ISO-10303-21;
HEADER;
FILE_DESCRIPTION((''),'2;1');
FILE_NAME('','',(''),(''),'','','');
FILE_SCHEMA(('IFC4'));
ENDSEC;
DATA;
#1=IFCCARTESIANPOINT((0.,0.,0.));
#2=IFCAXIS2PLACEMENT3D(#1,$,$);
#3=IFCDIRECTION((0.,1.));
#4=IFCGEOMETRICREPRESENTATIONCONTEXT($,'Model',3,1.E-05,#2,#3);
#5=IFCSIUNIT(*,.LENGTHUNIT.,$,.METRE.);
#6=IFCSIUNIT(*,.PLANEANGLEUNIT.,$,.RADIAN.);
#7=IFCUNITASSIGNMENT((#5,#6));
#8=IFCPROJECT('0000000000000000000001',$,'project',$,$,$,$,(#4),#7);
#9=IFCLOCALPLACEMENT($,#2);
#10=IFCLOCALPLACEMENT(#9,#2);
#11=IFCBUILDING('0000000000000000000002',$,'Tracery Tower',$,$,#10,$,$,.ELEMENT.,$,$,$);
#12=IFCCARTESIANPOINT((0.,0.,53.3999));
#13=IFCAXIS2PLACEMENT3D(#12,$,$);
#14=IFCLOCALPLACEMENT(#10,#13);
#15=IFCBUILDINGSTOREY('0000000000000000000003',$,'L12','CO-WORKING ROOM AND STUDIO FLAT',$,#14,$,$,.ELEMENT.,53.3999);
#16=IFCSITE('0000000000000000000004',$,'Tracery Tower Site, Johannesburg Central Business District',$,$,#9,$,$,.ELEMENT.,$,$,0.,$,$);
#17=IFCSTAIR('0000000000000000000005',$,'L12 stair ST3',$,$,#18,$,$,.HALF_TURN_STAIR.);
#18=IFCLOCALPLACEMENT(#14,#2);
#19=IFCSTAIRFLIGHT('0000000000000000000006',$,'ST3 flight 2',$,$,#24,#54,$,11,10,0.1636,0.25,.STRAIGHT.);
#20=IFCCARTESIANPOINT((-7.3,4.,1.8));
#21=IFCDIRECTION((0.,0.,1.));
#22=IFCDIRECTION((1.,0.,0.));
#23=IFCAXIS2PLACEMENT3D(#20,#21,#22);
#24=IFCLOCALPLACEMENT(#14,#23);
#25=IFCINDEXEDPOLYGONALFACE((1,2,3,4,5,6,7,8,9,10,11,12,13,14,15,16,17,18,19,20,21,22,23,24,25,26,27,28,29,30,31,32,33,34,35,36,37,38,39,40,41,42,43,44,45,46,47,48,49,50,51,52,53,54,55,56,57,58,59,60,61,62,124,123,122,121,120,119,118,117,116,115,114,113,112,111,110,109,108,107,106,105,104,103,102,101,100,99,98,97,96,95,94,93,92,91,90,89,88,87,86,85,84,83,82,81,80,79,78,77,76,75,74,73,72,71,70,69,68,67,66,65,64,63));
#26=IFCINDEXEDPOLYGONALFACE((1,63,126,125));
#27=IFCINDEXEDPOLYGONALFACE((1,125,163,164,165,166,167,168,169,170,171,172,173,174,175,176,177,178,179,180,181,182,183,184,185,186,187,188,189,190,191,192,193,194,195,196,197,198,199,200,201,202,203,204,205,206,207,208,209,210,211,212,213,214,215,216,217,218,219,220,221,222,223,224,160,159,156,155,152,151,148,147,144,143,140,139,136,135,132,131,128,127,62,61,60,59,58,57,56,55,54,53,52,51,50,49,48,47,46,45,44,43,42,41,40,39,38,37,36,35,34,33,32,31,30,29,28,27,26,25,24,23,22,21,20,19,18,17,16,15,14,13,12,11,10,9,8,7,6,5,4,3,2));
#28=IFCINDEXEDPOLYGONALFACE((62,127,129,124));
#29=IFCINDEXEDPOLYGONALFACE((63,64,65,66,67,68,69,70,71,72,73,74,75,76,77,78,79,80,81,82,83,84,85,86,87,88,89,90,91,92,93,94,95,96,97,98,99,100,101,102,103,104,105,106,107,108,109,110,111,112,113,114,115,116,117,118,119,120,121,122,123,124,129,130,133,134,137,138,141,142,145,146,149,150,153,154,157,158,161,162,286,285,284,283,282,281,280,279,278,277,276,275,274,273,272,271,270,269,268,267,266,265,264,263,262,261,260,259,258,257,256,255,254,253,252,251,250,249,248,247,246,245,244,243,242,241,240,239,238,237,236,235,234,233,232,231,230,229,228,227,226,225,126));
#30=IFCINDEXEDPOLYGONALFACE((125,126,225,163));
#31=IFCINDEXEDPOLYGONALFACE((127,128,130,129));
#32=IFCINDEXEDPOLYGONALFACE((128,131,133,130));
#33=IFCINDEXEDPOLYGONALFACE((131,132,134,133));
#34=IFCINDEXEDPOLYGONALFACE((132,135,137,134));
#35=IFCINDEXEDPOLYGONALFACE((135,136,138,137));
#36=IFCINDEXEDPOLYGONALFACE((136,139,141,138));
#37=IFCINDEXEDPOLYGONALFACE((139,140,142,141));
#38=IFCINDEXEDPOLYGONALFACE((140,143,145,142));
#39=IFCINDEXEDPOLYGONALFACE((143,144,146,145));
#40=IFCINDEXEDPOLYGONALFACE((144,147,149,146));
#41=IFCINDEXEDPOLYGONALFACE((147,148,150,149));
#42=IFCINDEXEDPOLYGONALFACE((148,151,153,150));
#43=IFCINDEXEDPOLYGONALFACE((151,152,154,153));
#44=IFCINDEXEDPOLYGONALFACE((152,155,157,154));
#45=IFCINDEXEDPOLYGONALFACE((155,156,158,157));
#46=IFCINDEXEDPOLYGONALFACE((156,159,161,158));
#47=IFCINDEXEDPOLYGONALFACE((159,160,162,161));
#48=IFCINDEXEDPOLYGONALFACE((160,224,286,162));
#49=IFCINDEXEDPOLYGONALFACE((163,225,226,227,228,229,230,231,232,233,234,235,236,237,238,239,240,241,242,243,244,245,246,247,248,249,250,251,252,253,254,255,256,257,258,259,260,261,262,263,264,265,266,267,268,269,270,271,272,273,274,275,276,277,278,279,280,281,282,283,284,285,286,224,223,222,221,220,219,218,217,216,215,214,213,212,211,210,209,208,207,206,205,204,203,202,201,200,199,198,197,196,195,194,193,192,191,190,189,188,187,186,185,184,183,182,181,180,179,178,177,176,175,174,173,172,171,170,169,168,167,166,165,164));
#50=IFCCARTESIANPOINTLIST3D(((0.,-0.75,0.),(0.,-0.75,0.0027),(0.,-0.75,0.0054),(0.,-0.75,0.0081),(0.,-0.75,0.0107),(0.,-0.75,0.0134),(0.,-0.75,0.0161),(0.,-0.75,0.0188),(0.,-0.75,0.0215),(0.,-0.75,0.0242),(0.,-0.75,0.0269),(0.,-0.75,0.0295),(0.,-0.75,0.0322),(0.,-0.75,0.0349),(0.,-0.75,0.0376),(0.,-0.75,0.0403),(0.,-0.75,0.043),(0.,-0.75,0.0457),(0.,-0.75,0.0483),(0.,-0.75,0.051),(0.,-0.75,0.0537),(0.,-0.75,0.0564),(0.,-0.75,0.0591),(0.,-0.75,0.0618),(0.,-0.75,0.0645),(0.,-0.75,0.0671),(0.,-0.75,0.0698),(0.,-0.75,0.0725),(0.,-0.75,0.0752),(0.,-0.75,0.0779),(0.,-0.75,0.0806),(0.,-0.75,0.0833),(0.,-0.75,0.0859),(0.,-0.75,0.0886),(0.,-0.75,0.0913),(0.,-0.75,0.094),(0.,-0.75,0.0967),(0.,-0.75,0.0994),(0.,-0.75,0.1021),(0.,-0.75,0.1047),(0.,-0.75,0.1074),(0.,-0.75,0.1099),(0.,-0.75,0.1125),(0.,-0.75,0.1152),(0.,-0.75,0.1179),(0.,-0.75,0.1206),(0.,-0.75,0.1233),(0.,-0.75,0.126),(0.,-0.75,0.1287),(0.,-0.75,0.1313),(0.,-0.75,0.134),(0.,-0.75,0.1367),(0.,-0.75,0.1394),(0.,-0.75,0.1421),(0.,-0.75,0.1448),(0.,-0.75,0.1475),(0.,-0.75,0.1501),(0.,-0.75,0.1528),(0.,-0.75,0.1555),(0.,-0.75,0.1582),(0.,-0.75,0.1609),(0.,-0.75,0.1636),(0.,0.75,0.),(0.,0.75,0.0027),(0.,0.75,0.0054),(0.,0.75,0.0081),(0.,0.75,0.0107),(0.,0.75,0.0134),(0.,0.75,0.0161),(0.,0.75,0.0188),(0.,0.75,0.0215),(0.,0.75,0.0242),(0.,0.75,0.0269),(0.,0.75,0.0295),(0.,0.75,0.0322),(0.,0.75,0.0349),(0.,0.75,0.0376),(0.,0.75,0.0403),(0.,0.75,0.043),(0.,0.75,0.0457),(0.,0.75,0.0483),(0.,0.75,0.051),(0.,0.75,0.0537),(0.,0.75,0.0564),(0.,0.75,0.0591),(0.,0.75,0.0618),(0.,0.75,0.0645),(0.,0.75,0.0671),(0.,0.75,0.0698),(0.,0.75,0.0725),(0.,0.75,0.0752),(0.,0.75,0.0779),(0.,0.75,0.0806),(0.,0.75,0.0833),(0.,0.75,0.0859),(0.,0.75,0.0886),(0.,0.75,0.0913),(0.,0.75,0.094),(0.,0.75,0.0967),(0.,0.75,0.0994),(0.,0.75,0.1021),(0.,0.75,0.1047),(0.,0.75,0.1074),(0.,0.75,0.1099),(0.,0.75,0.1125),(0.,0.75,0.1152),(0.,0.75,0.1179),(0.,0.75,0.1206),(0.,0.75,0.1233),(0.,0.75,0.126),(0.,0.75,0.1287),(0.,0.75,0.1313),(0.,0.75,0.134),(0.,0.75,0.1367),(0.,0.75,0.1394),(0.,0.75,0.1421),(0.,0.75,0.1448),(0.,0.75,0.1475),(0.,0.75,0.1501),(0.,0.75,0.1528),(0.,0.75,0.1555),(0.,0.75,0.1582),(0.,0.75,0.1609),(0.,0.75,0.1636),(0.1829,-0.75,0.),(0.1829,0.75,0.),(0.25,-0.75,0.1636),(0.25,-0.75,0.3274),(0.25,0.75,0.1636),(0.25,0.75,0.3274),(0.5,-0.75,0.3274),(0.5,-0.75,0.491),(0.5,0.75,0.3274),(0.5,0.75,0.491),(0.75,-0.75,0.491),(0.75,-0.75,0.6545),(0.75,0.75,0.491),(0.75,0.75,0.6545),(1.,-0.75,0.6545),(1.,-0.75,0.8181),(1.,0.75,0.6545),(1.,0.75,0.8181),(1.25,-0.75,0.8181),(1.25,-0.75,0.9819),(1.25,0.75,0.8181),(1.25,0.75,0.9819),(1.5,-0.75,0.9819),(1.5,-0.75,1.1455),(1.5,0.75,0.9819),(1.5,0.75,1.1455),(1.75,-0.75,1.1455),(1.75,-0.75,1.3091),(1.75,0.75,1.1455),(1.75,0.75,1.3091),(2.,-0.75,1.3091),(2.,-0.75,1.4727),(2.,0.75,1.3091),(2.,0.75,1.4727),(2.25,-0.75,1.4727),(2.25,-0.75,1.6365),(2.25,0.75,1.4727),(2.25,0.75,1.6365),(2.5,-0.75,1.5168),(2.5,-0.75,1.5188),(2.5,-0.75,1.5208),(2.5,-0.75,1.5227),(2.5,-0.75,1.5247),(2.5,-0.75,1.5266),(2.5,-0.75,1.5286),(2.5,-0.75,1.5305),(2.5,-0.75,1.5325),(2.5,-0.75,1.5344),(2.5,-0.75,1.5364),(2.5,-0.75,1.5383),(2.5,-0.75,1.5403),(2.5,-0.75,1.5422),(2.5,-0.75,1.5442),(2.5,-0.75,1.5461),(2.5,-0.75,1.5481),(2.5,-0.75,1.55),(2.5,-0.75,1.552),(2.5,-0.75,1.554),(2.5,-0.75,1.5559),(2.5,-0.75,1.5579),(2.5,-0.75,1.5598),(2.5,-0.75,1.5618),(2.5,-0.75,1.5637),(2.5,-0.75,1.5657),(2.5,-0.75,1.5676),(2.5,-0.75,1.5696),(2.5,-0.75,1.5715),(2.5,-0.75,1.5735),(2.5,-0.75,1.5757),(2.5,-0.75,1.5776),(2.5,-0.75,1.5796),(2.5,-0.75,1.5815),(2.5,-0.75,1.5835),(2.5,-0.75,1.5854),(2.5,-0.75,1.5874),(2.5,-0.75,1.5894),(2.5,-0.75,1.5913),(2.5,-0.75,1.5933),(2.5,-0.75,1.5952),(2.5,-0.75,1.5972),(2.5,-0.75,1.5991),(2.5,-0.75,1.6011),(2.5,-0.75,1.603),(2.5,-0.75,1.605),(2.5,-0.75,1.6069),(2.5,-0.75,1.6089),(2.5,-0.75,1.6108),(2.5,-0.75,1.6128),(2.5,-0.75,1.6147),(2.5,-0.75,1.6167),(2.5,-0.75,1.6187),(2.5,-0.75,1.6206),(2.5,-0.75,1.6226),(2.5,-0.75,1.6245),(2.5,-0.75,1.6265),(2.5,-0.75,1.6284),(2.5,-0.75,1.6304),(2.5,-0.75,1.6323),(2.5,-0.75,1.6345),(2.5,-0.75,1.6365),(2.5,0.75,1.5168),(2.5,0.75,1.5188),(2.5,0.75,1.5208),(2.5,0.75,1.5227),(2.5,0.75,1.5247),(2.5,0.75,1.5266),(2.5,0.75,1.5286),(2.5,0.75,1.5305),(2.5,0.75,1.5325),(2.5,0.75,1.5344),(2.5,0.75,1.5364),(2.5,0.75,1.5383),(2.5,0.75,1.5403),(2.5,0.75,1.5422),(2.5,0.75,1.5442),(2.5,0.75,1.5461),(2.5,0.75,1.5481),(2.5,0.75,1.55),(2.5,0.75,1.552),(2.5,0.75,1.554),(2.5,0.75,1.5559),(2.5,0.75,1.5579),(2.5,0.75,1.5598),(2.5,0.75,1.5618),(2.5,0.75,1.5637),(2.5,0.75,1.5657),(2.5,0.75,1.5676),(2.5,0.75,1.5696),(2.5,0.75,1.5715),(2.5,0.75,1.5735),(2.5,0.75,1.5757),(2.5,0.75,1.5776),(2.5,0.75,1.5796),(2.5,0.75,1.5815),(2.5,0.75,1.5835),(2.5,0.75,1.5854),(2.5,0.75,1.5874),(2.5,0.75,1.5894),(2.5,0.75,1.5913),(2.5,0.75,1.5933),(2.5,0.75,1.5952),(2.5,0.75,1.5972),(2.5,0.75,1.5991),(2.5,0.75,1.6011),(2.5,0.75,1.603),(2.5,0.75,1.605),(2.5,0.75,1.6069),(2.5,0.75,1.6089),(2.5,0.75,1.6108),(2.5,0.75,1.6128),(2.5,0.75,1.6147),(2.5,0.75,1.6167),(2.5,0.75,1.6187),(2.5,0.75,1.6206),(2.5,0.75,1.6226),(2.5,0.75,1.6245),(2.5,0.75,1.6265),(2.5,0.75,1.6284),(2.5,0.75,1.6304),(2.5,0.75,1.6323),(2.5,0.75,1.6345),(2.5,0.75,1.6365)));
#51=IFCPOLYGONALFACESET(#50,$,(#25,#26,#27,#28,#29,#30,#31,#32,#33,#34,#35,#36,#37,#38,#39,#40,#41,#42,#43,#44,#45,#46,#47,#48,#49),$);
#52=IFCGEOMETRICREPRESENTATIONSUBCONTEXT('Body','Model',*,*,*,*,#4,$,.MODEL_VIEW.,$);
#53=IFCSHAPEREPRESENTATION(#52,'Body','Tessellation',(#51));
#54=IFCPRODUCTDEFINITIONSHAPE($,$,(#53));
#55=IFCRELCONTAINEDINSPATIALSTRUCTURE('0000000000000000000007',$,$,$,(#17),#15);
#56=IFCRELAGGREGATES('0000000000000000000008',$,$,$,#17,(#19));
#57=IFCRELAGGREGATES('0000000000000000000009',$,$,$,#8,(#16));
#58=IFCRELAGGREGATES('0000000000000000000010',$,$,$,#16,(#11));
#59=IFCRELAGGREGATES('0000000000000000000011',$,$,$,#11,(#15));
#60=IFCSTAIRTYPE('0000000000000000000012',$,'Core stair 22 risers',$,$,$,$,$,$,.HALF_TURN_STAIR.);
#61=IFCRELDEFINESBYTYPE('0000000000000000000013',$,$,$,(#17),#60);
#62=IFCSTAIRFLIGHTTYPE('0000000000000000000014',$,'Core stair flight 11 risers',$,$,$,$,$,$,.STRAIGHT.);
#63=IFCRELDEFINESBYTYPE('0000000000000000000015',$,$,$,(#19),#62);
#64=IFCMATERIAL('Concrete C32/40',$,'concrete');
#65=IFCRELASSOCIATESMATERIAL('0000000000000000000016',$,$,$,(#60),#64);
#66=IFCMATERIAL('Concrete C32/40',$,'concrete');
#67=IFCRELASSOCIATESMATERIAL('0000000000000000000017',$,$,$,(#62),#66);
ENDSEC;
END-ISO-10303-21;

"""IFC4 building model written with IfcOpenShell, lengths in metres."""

from ifc_helpers import new_model, si_unit, direction, frame, origin, place, context, subcontext, project, spatial, polyline, outline, extrude, material, type_object, element, aggregate, save


model = new_model("IFC4")

# Units and contexts
model_context = context("Model", 3, precision=1e-05, world=origin(), true_north=direction((0.0, 1.0)))
body_context = subcontext(model_context, "Body", "Model", "MODEL_VIEW")
ifc_project = project(units=[si_unit("LENGTHUNIT", "METRE"), si_unit("PLANEANGLEUNIT", "RADIAN")], contexts=[model_context])

# Site, building, storey
site_placement = place(None, origin())
site = spatial("IfcSite", under=ifc_project, at=site_placement, Name="Tracery Tower Site, Johannesburg Central Business District", CompositionType="ELEMENT", RefElevation=0.0)
building_placement = place(site_placement, origin())
building = spatial("IfcBuilding", under=site, at=building_placement, Name="Tracery Tower", CompositionType="ELEMENT")
storey_placement = place(building_placement, frame((0.0, 0.0, 53.3999)))
storey = spatial("IfcBuildingStorey", under=building, at=storey_placement, Name="L12", Description="CO-WORKING ROOM AND STUDIO FLAT", CompositionType="ELEMENT", Elevation=53.3999)

# Stair, stair flight
ifc_material_1 = material(Name="Concrete C32/40", Category="concrete")
stair_type = type_object("IfcStairType", Name="Core stair 22 risers", PredefinedType="HALF_TURN_STAIR", material=ifc_material_1)
stair_placement = place(storey_placement, origin())
stair = element("IfcStair", 1, at=stair_placement, inside=storey, type_object=stair_type, Name="L12 stair ST3", PredefinedType="HALF_TURN_STAIR")
ifc_material_2 = material(Name="Concrete C32/40", Category="concrete")
stair_flight_type = type_object("IfcStairFlightType", Name="Core stair flight 11 risers", PredefinedType="STRAIGHT", material=ifc_material_2)
stair_flight_1_placement = place(storey_placement, frame((-7.3, 4.0, 1.8), z_axis=(0.0, 0.0, 1.0), x_axis=(1.0, 0.0, 0.0)))
stair_flight_1 = element("IfcStairFlight", 2, at=stair_flight_1_placement, type_object=stair_flight_type, Name="ST3 flight 2", NumberOfRisers=11, NumberOfTreads=10, PredefinedType="STRAIGHT", RiserHeight=0.1636, TreadLength=0.25, context=body_context, shape_type="SweptSolid", body=[
    extrude(outline(polyline([(0.0, 0.0), (0.0, 0.0027), (0.0, 0.0054), (0.0, 0.0081), (0.0, 0.0107), (0.0, 0.0134), (0.0, 0.0161), (0.0, 0.0188), (0.0, 0.0215), (0.0, 0.0242), (0.0, 0.0269), (0.0, 0.0295), (0.0, 0.0322), (0.0, 0.0349), (0.0, 0.0376), (0.0, 0.0403), (0.0, 0.043), (0.0, 0.0457), (0.0, 0.0483), (0.0, 0.051), (0.0, 0.0537), (0.0, 0.0564), (0.0, 0.0591), (0.0, 0.0618), (0.0, 0.0645), (0.0, 0.0671), (0.0, 0.0698), (0.0, 0.0725), (0.0, 0.0752), (0.0, 0.0779), (0.0, 0.0806), (0.0, 0.0833), (0.0, 0.0859), (0.0, 0.0886), (0.0, 0.0913), (0.0, 0.094), (0.0, 0.0967), (0.0, 0.0994), (0.0, 0.1021), (0.0, 0.1047), (0.0, 0.1074), (0.0, 0.1099), (0.0, 0.1125), (0.0, 0.1152), (0.0, 0.1179), (0.0, 0.1206), (0.0, 0.1233), (0.0, 0.126), (0.0, 0.1287), (0.0, 0.1313), (0.0, 0.134), (0.0, 0.1367), (0.0, 0.1394), (0.0, 0.1421), (0.0, 0.1448), (0.0, 0.1475), (0.0, 0.1501), (0.0, 0.1528), (0.0, 0.1555), (0.0, 0.1582), (0.0, 0.1609), (0.0, 0.1636), (0.25, 0.1636), (0.25, 0.3274), (0.5, 0.3274), (0.5, 0.491), (0.75, 0.491), (0.75, 0.6545), (1.0, 0.6545), (1.0, 0.8181), (1.25, 0.8181), (1.25, 0.9819), (1.5, 0.9819), (1.5, 1.1455), (1.75, 1.1455), (1.75, 1.3091), (2.0, 1.3091), (2.0, 1.4727), (2.25, 1.4727), (2.25, 1.6365), (2.5, 1.6365), (2.5, 1.6345), (2.5, 1.6323), (2.5, 1.6304), (2.5, 1.6284), (2.5, 1.6265), (2.5, 1.6245), (2.5, 1.6226), (2.5, 1.6206), (2.5, 1.6187), (2.5, 1.6167), (2.5, 1.6147), (2.5, 1.6128), (2.5, 1.6108), (2.5, 1.6089), (2.5, 1.6069), (2.5, 1.605), (2.5, 1.603), (2.5, 1.6011), (2.5, 1.5991), (2.5, 1.5972), (2.5, 1.5952), (2.5, 1.5933), (2.5, 1.5913), (2.5, 1.5894), (2.5, 1.5874), (2.5, 1.5854), (2.5, 1.5835), (2.5, 1.5815), (2.5, 1.5796), (2.5, 1.5776), (2.5, 1.5757), (2.5, 1.5735), (2.5, 1.5715), (2.5, 1.5696), (2.5, 1.5676), (2.5, 1.5657), (2.5, 1.5637), (2.5, 1.5618), (2.5, 1.5598), (2.5, 1.5579), (2.5, 1.5559), (2.5, 1.554), (2.5, 1.552), (2.5, 1.55), (2.5, 1.5481), (2.5, 1.5461), (2.5, 1.5442), (2.5, 1.5422), (2.5, 1.5403), (2.5, 1.5383), (2.5, 1.5364), (2.5, 1.5344), (2.5, 1.5325), (2.5, 1.5305), (2.5, 1.5286), (2.5, 1.5266), (2.5, 1.5247), (2.5, 1.5227), (2.5, 1.5208), (2.5, 1.5188), (2.5, 1.5168), (0.1829, 0.0), (0.0, 0.0)])), frame((0.0, 0.75, 0.0), z_axis=(0.0, -1.0, 0.0), x_axis=(1.0, 0.0, 0.0)), (0.0, 0.0, 1.0), 1.5),
])
aggregate(stair, [stair_flight_1])

save(model, "model.ifc")
